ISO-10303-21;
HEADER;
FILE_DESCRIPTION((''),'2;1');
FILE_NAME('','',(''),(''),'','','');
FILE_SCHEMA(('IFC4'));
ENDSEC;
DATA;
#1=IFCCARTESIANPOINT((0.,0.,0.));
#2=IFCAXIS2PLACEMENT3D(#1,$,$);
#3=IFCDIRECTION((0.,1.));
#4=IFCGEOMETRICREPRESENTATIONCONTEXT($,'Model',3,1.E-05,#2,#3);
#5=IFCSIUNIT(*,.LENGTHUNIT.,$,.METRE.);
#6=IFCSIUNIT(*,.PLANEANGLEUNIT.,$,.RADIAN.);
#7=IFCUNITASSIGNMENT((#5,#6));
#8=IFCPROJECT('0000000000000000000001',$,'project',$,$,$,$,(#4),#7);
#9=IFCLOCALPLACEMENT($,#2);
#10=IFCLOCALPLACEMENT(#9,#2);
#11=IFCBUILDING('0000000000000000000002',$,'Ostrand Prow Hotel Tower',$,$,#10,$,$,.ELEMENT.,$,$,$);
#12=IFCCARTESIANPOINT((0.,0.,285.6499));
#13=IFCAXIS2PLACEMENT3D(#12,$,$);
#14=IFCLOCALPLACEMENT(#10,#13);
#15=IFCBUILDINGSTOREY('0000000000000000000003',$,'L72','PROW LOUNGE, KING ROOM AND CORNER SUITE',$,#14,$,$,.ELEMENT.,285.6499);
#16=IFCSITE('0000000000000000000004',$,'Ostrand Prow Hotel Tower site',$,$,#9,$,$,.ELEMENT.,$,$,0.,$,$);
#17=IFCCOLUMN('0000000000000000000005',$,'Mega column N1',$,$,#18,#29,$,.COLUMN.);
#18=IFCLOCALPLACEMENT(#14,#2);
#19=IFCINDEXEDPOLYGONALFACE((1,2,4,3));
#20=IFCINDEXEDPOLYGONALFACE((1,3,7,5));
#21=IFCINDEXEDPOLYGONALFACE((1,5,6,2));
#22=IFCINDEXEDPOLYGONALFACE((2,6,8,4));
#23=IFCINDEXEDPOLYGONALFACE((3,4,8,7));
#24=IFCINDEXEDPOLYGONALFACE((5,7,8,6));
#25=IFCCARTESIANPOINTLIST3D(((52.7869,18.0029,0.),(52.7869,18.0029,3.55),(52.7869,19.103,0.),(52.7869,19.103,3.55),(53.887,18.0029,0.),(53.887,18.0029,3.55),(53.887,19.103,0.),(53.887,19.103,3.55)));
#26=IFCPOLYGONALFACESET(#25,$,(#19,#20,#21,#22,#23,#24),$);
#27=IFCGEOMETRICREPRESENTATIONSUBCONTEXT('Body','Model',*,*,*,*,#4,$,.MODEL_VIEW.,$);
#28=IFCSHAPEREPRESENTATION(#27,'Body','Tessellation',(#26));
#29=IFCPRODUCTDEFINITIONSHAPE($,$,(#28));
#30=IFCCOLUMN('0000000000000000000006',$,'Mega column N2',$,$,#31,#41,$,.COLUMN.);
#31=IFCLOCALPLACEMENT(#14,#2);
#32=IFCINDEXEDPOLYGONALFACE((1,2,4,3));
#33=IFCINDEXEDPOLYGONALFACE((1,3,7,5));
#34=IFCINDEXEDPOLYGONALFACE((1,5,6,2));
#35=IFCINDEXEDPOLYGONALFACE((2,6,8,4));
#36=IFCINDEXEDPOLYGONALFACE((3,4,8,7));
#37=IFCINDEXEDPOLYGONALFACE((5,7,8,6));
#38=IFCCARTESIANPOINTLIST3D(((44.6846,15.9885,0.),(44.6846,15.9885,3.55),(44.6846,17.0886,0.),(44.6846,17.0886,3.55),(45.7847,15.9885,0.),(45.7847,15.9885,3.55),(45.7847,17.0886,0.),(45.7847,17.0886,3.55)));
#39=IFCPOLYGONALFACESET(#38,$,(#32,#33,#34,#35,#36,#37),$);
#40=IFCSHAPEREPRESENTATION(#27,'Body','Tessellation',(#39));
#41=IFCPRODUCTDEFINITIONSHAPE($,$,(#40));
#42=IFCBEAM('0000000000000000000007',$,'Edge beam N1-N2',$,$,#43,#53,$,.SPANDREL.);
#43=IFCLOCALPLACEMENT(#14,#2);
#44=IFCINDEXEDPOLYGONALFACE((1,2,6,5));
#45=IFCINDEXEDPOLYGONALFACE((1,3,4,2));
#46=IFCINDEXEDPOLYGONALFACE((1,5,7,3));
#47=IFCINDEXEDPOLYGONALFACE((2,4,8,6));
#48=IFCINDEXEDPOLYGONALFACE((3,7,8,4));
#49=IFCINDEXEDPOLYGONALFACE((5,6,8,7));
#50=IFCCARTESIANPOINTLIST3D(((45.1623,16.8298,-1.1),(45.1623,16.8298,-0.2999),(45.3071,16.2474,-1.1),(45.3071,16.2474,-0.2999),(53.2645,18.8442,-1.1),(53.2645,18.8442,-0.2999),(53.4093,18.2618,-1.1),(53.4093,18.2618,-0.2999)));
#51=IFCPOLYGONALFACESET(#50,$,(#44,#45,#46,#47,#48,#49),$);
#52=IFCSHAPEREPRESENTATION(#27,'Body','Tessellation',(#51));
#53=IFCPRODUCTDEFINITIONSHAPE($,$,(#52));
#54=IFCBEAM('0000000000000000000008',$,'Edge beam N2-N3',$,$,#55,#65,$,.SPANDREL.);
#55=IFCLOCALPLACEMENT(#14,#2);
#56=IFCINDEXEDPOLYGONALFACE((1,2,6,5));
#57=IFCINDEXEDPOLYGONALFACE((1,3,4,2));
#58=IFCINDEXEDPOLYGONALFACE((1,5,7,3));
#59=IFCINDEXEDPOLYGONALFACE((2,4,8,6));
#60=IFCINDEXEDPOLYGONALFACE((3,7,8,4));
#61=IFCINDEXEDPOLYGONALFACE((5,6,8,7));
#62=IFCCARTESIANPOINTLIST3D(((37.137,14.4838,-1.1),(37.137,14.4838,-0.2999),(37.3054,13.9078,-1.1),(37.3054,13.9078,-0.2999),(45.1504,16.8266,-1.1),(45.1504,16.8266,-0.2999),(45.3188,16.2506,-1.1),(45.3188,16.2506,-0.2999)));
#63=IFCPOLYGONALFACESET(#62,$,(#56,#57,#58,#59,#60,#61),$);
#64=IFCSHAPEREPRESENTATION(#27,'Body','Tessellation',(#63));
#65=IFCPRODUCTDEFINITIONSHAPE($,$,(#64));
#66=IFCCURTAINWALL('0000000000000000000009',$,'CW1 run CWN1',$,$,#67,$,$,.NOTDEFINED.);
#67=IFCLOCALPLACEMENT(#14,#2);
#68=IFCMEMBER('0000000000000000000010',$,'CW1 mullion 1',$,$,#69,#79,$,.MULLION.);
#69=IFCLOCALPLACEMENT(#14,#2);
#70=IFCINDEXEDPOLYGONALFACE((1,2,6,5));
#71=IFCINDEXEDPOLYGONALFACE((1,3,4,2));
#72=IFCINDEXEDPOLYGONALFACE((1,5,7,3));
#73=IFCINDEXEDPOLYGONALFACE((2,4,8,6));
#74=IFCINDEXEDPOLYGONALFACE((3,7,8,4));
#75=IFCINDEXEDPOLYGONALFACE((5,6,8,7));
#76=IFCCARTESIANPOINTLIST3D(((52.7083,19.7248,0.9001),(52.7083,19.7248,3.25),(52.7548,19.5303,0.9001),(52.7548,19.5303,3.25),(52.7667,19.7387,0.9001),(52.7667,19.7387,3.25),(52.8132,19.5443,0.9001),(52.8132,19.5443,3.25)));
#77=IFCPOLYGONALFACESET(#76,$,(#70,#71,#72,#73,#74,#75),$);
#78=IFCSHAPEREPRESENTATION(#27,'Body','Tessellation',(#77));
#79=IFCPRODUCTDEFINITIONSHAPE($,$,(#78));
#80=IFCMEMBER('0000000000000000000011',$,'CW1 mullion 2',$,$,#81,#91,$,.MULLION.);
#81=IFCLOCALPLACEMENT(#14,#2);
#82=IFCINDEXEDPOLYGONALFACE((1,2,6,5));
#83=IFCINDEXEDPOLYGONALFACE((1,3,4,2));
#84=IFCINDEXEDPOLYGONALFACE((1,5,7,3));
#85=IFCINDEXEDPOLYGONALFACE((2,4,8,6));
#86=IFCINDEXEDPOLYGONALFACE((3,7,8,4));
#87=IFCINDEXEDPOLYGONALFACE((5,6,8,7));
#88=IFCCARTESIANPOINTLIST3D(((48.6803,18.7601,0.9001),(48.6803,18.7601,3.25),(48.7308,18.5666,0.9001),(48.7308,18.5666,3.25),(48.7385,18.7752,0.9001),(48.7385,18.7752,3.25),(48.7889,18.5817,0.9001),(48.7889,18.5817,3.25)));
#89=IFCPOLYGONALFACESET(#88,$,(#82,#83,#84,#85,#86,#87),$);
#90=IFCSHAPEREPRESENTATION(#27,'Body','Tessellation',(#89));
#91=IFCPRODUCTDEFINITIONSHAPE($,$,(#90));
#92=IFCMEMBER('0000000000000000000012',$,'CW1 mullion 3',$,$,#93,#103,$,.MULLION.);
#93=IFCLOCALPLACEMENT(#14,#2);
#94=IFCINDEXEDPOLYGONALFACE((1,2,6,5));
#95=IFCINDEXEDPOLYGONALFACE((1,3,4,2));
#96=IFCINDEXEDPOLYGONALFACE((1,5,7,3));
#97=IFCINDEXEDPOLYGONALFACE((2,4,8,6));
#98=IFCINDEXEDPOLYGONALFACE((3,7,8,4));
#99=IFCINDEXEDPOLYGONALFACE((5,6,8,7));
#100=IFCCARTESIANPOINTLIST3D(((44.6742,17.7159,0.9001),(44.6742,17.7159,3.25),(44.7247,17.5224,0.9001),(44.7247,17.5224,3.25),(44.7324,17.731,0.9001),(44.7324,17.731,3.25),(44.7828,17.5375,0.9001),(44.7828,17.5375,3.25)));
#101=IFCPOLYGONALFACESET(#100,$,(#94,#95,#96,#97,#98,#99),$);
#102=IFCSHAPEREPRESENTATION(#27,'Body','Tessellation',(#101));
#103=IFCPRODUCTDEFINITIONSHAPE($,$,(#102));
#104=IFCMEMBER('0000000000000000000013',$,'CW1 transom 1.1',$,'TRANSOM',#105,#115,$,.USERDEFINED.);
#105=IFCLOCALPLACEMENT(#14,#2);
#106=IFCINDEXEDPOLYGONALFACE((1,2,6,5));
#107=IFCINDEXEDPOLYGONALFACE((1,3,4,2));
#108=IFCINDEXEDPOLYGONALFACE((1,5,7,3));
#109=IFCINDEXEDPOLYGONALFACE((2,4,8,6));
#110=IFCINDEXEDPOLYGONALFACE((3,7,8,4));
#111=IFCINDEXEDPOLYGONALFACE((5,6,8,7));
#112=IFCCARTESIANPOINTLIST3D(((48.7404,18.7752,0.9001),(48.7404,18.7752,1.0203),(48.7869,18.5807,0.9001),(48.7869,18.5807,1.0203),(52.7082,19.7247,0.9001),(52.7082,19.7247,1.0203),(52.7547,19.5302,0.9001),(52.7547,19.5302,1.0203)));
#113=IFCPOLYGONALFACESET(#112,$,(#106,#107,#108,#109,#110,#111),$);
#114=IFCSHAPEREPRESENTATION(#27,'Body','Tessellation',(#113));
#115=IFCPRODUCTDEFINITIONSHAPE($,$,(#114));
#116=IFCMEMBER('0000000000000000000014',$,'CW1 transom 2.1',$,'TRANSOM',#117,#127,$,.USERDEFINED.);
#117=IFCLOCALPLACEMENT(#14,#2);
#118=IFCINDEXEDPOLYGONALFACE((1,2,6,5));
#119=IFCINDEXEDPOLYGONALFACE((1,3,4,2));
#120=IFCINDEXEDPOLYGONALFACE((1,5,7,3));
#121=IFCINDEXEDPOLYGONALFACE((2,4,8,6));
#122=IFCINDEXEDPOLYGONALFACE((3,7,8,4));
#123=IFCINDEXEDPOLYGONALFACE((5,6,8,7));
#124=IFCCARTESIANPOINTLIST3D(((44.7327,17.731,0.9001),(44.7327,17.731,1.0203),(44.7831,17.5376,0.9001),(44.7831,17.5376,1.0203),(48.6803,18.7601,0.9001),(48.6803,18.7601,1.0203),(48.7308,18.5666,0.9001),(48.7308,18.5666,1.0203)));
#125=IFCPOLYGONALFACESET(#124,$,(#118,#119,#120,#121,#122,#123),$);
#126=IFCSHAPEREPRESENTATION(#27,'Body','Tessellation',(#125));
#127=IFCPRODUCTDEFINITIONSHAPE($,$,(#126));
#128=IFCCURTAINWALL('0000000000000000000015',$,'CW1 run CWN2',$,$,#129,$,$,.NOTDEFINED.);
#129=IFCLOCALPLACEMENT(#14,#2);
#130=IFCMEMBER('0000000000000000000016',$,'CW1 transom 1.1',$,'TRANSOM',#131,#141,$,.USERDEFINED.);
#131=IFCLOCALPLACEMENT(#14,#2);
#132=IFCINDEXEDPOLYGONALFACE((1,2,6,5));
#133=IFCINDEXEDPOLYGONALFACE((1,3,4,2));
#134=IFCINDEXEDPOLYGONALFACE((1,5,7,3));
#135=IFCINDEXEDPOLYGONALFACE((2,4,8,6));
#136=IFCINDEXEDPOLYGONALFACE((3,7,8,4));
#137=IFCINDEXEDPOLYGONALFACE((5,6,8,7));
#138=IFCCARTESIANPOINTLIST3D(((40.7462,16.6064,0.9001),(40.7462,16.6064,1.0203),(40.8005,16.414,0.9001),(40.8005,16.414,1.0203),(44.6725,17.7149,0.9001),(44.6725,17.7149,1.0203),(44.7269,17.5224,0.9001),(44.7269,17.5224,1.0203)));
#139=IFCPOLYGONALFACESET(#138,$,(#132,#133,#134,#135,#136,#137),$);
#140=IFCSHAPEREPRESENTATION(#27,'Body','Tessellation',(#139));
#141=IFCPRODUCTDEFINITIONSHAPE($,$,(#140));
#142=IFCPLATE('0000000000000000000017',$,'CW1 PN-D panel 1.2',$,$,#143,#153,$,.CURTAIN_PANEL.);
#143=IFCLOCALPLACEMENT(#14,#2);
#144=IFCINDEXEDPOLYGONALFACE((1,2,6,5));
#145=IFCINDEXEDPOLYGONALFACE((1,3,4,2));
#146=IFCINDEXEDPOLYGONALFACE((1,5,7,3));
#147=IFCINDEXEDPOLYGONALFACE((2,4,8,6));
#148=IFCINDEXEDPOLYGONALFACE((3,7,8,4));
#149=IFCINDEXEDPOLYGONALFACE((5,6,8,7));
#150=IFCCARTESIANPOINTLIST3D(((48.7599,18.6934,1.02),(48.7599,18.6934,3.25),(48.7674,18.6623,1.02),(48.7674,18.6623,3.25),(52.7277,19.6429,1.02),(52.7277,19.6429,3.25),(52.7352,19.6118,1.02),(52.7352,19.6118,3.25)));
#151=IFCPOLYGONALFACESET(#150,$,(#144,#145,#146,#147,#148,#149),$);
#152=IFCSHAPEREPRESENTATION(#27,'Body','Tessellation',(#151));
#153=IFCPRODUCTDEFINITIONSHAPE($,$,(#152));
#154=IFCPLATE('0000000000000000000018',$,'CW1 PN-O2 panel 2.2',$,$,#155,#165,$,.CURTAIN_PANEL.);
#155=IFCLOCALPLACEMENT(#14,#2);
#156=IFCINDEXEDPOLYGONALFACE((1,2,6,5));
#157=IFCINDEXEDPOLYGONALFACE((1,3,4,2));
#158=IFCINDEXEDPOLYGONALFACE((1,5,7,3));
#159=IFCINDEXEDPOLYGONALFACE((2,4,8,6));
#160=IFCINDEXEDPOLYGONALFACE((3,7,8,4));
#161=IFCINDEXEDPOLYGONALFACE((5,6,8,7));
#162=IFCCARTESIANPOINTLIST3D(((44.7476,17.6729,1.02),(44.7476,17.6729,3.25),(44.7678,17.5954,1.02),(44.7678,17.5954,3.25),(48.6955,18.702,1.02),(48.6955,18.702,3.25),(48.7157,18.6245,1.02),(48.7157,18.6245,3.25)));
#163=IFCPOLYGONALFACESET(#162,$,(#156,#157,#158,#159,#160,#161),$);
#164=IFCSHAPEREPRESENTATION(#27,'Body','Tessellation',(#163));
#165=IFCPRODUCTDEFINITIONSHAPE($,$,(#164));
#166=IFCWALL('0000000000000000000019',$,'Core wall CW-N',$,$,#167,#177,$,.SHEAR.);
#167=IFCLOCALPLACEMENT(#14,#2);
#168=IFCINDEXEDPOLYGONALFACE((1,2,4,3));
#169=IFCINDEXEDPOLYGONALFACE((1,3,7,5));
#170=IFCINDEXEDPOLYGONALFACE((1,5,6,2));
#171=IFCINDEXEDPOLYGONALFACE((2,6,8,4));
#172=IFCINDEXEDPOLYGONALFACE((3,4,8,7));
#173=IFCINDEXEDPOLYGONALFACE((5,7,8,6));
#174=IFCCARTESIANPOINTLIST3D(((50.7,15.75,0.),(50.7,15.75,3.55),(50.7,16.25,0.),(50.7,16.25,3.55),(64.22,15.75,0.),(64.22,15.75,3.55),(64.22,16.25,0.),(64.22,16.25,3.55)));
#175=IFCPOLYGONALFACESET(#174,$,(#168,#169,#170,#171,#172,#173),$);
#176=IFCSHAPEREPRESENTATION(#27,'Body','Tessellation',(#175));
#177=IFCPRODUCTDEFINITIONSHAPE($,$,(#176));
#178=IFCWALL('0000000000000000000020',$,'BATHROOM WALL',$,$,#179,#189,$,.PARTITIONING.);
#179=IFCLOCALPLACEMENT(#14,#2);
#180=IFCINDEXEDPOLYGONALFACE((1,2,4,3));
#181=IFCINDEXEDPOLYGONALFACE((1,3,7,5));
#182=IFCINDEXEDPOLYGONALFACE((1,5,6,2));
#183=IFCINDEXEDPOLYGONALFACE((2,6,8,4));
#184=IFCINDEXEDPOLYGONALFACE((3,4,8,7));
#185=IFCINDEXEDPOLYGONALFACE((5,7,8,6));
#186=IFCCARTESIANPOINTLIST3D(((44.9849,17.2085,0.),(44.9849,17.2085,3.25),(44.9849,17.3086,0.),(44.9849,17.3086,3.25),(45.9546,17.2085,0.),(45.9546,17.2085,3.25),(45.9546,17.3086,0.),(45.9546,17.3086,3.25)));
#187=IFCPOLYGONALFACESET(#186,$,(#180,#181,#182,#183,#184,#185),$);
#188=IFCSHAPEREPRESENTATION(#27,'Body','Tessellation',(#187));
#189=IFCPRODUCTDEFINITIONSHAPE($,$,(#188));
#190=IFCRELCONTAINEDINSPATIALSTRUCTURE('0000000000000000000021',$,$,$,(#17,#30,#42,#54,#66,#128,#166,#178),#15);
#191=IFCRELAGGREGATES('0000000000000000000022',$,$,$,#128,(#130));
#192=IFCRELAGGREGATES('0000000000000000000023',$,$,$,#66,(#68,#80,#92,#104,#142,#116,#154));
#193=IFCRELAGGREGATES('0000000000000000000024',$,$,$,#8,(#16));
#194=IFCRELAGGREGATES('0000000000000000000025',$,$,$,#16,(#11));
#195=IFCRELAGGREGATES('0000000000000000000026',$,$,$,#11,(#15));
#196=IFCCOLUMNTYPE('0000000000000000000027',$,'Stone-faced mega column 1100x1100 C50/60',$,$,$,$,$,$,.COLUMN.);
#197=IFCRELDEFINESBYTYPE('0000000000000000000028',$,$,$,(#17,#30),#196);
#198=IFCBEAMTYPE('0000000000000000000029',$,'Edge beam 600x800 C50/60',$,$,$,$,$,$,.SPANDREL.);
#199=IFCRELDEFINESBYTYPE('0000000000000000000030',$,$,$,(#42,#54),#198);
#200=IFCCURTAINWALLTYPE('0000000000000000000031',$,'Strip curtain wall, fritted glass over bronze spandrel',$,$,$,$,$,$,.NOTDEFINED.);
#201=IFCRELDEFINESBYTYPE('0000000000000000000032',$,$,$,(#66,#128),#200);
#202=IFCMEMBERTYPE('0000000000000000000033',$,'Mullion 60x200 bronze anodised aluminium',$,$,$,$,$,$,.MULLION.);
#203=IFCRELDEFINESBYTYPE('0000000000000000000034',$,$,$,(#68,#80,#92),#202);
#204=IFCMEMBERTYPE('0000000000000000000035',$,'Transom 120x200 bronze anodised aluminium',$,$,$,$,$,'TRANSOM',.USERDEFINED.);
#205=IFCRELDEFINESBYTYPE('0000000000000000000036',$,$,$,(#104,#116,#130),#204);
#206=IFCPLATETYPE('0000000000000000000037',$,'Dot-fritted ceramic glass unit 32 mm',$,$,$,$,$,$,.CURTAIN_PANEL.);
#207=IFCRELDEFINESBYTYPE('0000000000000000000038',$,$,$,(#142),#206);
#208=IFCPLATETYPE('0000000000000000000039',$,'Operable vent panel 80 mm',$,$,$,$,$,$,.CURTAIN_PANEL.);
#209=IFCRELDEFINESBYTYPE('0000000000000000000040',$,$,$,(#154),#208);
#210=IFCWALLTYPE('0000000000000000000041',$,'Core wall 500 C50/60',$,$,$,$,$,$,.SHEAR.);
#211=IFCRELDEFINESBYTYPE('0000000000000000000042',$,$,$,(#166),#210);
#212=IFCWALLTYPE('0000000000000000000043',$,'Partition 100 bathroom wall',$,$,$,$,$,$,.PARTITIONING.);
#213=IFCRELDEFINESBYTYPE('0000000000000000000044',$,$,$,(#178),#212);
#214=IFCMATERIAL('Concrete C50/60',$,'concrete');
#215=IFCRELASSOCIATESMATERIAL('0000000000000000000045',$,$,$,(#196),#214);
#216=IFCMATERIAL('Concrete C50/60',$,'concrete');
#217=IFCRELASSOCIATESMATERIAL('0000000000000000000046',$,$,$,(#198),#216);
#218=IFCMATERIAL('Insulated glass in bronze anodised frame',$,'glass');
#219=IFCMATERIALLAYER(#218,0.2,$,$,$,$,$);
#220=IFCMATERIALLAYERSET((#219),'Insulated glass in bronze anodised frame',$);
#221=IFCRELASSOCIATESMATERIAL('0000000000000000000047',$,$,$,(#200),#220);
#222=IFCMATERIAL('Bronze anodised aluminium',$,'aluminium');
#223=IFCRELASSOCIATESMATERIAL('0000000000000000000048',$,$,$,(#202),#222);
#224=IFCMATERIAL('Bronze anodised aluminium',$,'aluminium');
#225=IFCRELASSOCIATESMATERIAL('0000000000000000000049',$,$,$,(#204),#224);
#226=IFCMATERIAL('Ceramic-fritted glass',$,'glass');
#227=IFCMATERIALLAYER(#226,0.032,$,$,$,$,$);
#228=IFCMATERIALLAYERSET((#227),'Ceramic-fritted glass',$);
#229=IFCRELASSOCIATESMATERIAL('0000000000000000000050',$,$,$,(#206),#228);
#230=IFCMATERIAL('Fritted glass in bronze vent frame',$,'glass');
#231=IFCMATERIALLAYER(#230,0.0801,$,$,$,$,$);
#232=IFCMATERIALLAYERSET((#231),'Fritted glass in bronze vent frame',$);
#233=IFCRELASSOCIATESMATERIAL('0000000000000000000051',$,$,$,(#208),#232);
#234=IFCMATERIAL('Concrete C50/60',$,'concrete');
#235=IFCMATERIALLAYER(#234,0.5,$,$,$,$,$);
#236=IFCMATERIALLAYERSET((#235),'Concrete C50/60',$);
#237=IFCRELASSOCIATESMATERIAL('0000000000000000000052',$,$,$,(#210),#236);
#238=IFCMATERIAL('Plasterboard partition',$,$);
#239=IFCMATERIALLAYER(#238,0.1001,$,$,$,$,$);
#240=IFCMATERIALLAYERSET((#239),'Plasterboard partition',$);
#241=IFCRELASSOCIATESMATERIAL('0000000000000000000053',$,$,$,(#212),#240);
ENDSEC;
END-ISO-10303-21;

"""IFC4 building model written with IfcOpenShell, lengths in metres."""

from ifc_helpers import new_model, si_unit, direction, frame, frame_2d, origin, origin_2d, place, context, subcontext, project, spatial, rectangle, extrude, material, layer, layer_set, material_profile, profile_set, type_object, element, aggregate, save


model = new_model("IFC4")

# Units and contexts
model_context = context("Model", 3, precision=1e-05, world=origin(), true_north=direction((0.0, 1.0)))
body_context = subcontext(model_context, "Body", "Model", "MODEL_VIEW")
ifc_project = project(units=[si_unit("LENGTHUNIT", "METRE"), si_unit("PLANEANGLEUNIT", "RADIAN")], contexts=[model_context])

# Site, building, storey
site_placement = place(None, origin())
site = spatial("IfcSite", under=ifc_project, at=site_placement, Name="Ostrand Prow Hotel Tower site", CompositionType="ELEMENT", RefElevation=0.0)
building_placement = place(site_placement, origin())
building = spatial("IfcBuilding", under=site, at=building_placement, Name="Ostrand Prow Hotel Tower", CompositionType="ELEMENT")
storey_placement = place(building_placement, frame((0.0, 0.0, 285.6499)))
storey = spatial("IfcBuildingStorey", under=building, at=storey_placement, Name="L72", Description="PROW LOUNGE, KING ROOM AND CORNER SUITE", CompositionType="ELEMENT", Elevation=285.6499)

# Columns
ifc_material_1 = material(Name="Concrete C50/60", Category="concrete")
ifc_material_profile_1 = material_profile(ifc_material_1, rectangle(XDim=1.1001, YDim=1.1001, at=origin_2d()), Name="RC 1100x1100")
ifc_profile_set_1 = profile_set([ifc_material_profile_1], Name="Concrete C50/60")
column_type = type_object("IfcColumnType", Name="Stone-faced mega column 1100x1100 C50/60", PredefinedType="COLUMN", material=ifc_profile_set_1)
for number, where, z_axis, x_axis, name in (
    (1, (53.3369, 18.553, 0.0), (0.0, 0.0, 1.0), (1.0, 0.0, 0.0), "Mega column N1"),
    (2, (45.2346, 16.5386, 0.0), (0.0, 0.0, 1.0), (1.0, 0.0, 0.0), "Mega column N2"),
):
    element("IfcColumn", number, at=place(storey_placement, frame(where, z_axis=z_axis, x_axis=x_axis)), inside=storey, type_object=column_type, Name=name, PredefinedType="COLUMN", context=body_context, shape_type="SweptSolid", body=[
        extrude(rectangle(XDim=1.1001, YDim=1.1001, at=origin_2d()), origin(), (0.0, 0.0, 1.0), 3.55),
    ])

# Beams
ifc_material_2 = material(Name="Concrete C50/60", Category="concrete")
ifc_material_profile_2 = material_profile(ifc_material_2, rectangle(XDim=0.6001, YDim=0.8, at=origin_2d()), Name="RC 600x800")
ifc_profile_set_2 = profile_set([ifc_material_profile_2], Name="Concrete C50/60")
beam_type = type_object("IfcBeamType", Name="Edge beam 600x800 C50/60", PredefinedType="SPANDREL", material=ifc_profile_set_2)
for number, where, z_axis, x_axis, name in (
    (3, (53.3369, 18.553, -0.7), (-0.970456, -0.241276, 0.0), (0.241276, -0.970456, 0.0), "Edge beam N1-N2"),
    (4, (45.2346, 16.5386, -0.7), (-0.959822, -0.28061, 0.0), (0.28061, -0.959822, 0.0), "Edge beam N2-N3"),
):
    element("IfcBeam", number, at=place(storey_placement, frame(where, z_axis=z_axis, x_axis=x_axis)), inside=storey, type_object=beam_type, Name=name, PredefinedType="SPANDREL", context=body_context, shape_type="SweptSolid", body=[
        extrude(rectangle(XDim=0.6001, YDim=0.8, at=origin_2d()), origin(), (0.0, 0.0, 1.0), 8.3489),
    ])

# Curtain wall, members
ifc_material_3 = material(Name="Insulated glass in bronze anodised frame", Category="glass")
ifc_layer_1 = layer(ifc_material_3, 0.2)
ifc_layer_set_1 = layer_set([ifc_layer_1], Name="Insulated glass in bronze anodised frame")
curtain_wall_type = type_object("IfcCurtainWallType", Name="Strip curtain wall, fritted glass over bronze spandrel", PredefinedType="NOTDEFINED", material=ifc_layer_set_1)
curtain_wall_1_placement = place(storey_placement, origin())
curtain_wall_1 = element("IfcCurtainWall", 5, at=curtain_wall_1_placement, inside=storey, type_object=curtain_wall_type, Name="CW1 run CWN1", PredefinedType="NOTDEFINED")
ifc_material_4 = material(Name="Bronze anodised aluminium", Category="aluminium")
ifc_material_profile_3 = material_profile(ifc_material_4, rectangle(XDim=0.2, YDim=0.0601, at=origin_2d()), Name="Mullion 60x200 bronze anodised aluminium")
ifc_profile_set_3 = profile_set([ifc_material_profile_3], Name="Bronze anodised aluminium")
member_type_1 = type_object("IfcMemberType", Name="Mullion 60x200 bronze anodised aluminium", PredefinedType="MULLION", material=ifc_profile_set_3)
member_1_placement = place(storey_placement, frame((52.7607, 19.6345, 0.9001), z_axis=(0.0, 0.0, 1.0), x_axis=(0.232746, -0.972538, 0.0)))
member_1 = element("IfcMember", 6, at=member_1_placement, type_object=member_type_1, Name="CW1 mullion 1", PredefinedType="MULLION", context=body_context, shape_type="SweptSolid", body=[
    extrude(rectangle(XDim=0.2, YDim=0.0601, at=origin_2d()), origin(), (0.0, 0.0, 1.0), 2.3499),
])
member_2_placement = place(storey_placement, frame((48.7346, 18.6709, 0.9001), z_axis=(0.0, 0.0, 1.0), x_axis=(0.252248, -0.967663, 0.0)))
member_2 = element("IfcMember", 7, at=member_2_placement, type_object=member_type_1, Name="CW1 mullion 2", PredefinedType="MULLION", context=body_context, shape_type="SweptSolid", body=[
    extrude(rectangle(XDim=0.2, YDim=0.0601, at=origin_2d()), origin(), (0.0, 0.0, 1.0), 2.3499),
])
member_3_placement = place(storey_placement, frame((44.7285, 17.6267, 0.9001), z_axis=(0.0, 0.0, 1.0), x_axis=(0.252248, -0.967663, 0.0)))
member_3 = element("IfcMember", 8, at=member_3_placement, type_object=member_type_1, Name="CW1 mullion 3", PredefinedType="MULLION", context=body_context, shape_type="SweptSolid", body=[
    extrude(rectangle(XDim=0.2, YDim=0.0601, at=origin_2d()), origin(), (0.0, 0.0, 1.0), 2.3499),
])
ifc_material_5 = material(Name="Bronze anodised aluminium", Category="aluminium")
ifc_material_profile_4 = material_profile(ifc_material_5, rectangle(XDim=0.2, YDim=0.1201, at=origin_2d()), Name="Transom 120x200 bronze anodised aluminium")
ifc_profile_set_4 = profile_set([ifc_material_profile_4], Name="Bronze anodised aluminium")
member_type_2 = type_object("IfcMemberType", Name="Transom 120x200 bronze anodised aluminium", ElementType="TRANSOM", PredefinedType="USERDEFINED", material=ifc_profile_set_4)
member_4_placement = place(storey_placement, frame((52.7314, 19.6274, 0.9602), z_axis=(-0.972543, -0.232723, 0.0), x_axis=(0.232723, -0.972543, 0.0)))
member_4 = element("IfcMember", 9, at=member_4_placement, type_object=member_type_2, Name="CW1 transom 1.1", ObjectType="TRANSOM", PredefinedType="USERDEFINED", context=body_context, shape_type="SweptSolid", body=[
    extrude(rectangle(XDim=0.2, YDim=0.1201, at=origin_2d()), origin(), (0.0, 0.0, 1.0), 4.0798),
])
member_5_placement = place(storey_placement, frame((48.7056, 18.6633, 0.9602), z_axis=(-0.967665, -0.252239, 0.0), x_axis=(0.252239, -0.967665, 0.0)))
member_5 = element("IfcMember", 10, at=member_5_placement, type_object=member_type_2, Name="CW1 transom 2.1", ObjectType="TRANSOM", PredefinedType="USERDEFINED", context=body_context, shape_type="SweptSolid", body=[
    extrude(rectangle(XDim=0.2, YDim=0.1201, at=origin_2d()), origin(), (0.0, 0.0, 1.0), 4.0796),
])

# Curtain wall, member
curtain_wall_2_placement = place(storey_placement, origin())
curtain_wall_2 = element("IfcCurtainWall", 11, at=curtain_wall_2_placement, inside=storey, type_object=curtain_wall_type, Name="CW1 run CWN2", PredefinedType="NOTDEFINED")
member_6_placement = place(storey_placement, frame((44.6997, 17.6187, 0.9602), z_axis=(-0.962386, -0.271685, 0.0), x_axis=(0.271685, -0.962386, 0.0)))
member_6 = element("IfcMember", 12, at=member_6_placement, type_object=member_type_2, Name="CW1 transom 1.1", ObjectType="TRANSOM", PredefinedType="USERDEFINED", context=body_context, shape_type="SweptSolid", body=[
    extrude(rectangle(XDim=0.2, YDim=0.1201, at=origin_2d()), origin(), (0.0, 0.0, 1.0), 4.0798),
])
aggregate(curtain_wall_2, [member_6])

# Plates
ifc_material_6 = material(Name="Ceramic-fritted glass", Category="glass")
ifc_layer_2 = layer(ifc_material_6, 0.032)
ifc_layer_set_2 = layer_set([ifc_layer_2], Name="Ceramic-fritted glass")
plate_type_1 = type_object("IfcPlateType", Name="Dot-fritted ceramic glass unit 32 mm", PredefinedType="CURTAIN_PANEL", material=ifc_layer_set_2)
plate_1_placement = place(storey_placement, frame((50.7476, 19.1526, 1.02), z_axis=(0.0, 0.0, 1.0), x_axis=(-0.972538, -0.232746, 0.0)))
plate_1 = element("IfcPlate", 13, at=plate_1_placement, type_object=plate_type_1, Name="CW1 PN-D panel 1.2", PredefinedType="CURTAIN_PANEL", context=body_context, shape_type="SweptSolid", body=[
    extrude(rectangle(XDim=4.0798, YDim=0.032, at=origin_2d()), origin(), (0.0, 0.0, 1.0), 2.23),
])
ifc_material_7 = material(Name="Fritted glass in bronze vent frame", Category="glass")
ifc_layer_3 = layer(ifc_material_7, 0.0801)
ifc_layer_set_3 = layer_set([ifc_layer_3], Name="Fritted glass in bronze vent frame")
plate_type_2 = type_object("IfcPlateType", Name="Operable vent panel 80 mm", PredefinedType="CURTAIN_PANEL", material=ifc_layer_set_3)
plate_2_placement = place(storey_placement, frame((46.7317, 18.1487, 1.02), z_axis=(0.0, 0.0, 1.0), x_axis=(-0.967663, -0.252248, 0.0)))
plate_2 = element("IfcPlate", 14, at=plate_2_placement, type_object=plate_type_2, Name="CW1 PN-O2 panel 2.2", PredefinedType="CURTAIN_PANEL", context=body_context, shape_type="SweptSolid", body=[
    extrude(rectangle(XDim=4.0798, YDim=0.0801, at=origin_2d()), origin(), (0.0, 0.0, 1.0), 2.23),
])
aggregate(curtain_wall_1, [member_1, member_2, member_3, member_4, plate_1, member_5, plate_2])

# Walls
ifc_material_8 = material(Name="Concrete C50/60", Category="concrete")
ifc_layer_4 = layer(ifc_material_8, 0.5)
ifc_layer_set_4 = layer_set([ifc_layer_4], Name="Concrete C50/60")
wall_type_1 = type_object("IfcWallType", Name="Core wall 500 C50/60", PredefinedType="SHEAR", material=ifc_layer_set_4)
wall_1_placement = place(storey_placement, frame((50.7, 16.0, 0.0), z_axis=(0.0, 0.0, 1.0), x_axis=(1.0, 0.0, 0.0)))
element("IfcWall", 15, at=wall_1_placement, inside=storey, type_object=wall_type_1, Name="Core wall CW-N", PredefinedType="SHEAR", context=body_context, shape_type="SweptSolid", body=[
    extrude(rectangle(XDim=13.52, YDim=0.5, at=frame_2d((6.76, 0.0))), origin(), (0.0, 0.0, 1.0), 3.55),
])
ifc_material_9 = material(Name="Plasterboard partition")
ifc_layer_5 = layer(ifc_material_9, 0.1001)
ifc_layer_set_5 = layer_set([ifc_layer_5], Name="Plasterboard partition")
wall_type_2 = type_object("IfcWallType", Name="Partition 100 bathroom wall", PredefinedType="PARTITIONING", material=ifc_layer_set_5)
wall_2_placement = place(storey_placement, frame((44.9849, 17.2585, 0.0), z_axis=(0.0, 0.0, 1.0), x_axis=(1.0, 0.0, 0.0)))
element("IfcWall", 16, at=wall_2_placement, inside=storey, type_object=wall_type_2, Name="BATHROOM WALL", PredefinedType="PARTITIONING", context=body_context, shape_type="SweptSolid", body=[
    extrude(rectangle(XDim=0.9697, YDim=0.1001, at=frame_2d((0.4849, 0.0))), origin(), (0.0, 0.0, 1.0), 3.25),
])

save(model, "model.ifc")
